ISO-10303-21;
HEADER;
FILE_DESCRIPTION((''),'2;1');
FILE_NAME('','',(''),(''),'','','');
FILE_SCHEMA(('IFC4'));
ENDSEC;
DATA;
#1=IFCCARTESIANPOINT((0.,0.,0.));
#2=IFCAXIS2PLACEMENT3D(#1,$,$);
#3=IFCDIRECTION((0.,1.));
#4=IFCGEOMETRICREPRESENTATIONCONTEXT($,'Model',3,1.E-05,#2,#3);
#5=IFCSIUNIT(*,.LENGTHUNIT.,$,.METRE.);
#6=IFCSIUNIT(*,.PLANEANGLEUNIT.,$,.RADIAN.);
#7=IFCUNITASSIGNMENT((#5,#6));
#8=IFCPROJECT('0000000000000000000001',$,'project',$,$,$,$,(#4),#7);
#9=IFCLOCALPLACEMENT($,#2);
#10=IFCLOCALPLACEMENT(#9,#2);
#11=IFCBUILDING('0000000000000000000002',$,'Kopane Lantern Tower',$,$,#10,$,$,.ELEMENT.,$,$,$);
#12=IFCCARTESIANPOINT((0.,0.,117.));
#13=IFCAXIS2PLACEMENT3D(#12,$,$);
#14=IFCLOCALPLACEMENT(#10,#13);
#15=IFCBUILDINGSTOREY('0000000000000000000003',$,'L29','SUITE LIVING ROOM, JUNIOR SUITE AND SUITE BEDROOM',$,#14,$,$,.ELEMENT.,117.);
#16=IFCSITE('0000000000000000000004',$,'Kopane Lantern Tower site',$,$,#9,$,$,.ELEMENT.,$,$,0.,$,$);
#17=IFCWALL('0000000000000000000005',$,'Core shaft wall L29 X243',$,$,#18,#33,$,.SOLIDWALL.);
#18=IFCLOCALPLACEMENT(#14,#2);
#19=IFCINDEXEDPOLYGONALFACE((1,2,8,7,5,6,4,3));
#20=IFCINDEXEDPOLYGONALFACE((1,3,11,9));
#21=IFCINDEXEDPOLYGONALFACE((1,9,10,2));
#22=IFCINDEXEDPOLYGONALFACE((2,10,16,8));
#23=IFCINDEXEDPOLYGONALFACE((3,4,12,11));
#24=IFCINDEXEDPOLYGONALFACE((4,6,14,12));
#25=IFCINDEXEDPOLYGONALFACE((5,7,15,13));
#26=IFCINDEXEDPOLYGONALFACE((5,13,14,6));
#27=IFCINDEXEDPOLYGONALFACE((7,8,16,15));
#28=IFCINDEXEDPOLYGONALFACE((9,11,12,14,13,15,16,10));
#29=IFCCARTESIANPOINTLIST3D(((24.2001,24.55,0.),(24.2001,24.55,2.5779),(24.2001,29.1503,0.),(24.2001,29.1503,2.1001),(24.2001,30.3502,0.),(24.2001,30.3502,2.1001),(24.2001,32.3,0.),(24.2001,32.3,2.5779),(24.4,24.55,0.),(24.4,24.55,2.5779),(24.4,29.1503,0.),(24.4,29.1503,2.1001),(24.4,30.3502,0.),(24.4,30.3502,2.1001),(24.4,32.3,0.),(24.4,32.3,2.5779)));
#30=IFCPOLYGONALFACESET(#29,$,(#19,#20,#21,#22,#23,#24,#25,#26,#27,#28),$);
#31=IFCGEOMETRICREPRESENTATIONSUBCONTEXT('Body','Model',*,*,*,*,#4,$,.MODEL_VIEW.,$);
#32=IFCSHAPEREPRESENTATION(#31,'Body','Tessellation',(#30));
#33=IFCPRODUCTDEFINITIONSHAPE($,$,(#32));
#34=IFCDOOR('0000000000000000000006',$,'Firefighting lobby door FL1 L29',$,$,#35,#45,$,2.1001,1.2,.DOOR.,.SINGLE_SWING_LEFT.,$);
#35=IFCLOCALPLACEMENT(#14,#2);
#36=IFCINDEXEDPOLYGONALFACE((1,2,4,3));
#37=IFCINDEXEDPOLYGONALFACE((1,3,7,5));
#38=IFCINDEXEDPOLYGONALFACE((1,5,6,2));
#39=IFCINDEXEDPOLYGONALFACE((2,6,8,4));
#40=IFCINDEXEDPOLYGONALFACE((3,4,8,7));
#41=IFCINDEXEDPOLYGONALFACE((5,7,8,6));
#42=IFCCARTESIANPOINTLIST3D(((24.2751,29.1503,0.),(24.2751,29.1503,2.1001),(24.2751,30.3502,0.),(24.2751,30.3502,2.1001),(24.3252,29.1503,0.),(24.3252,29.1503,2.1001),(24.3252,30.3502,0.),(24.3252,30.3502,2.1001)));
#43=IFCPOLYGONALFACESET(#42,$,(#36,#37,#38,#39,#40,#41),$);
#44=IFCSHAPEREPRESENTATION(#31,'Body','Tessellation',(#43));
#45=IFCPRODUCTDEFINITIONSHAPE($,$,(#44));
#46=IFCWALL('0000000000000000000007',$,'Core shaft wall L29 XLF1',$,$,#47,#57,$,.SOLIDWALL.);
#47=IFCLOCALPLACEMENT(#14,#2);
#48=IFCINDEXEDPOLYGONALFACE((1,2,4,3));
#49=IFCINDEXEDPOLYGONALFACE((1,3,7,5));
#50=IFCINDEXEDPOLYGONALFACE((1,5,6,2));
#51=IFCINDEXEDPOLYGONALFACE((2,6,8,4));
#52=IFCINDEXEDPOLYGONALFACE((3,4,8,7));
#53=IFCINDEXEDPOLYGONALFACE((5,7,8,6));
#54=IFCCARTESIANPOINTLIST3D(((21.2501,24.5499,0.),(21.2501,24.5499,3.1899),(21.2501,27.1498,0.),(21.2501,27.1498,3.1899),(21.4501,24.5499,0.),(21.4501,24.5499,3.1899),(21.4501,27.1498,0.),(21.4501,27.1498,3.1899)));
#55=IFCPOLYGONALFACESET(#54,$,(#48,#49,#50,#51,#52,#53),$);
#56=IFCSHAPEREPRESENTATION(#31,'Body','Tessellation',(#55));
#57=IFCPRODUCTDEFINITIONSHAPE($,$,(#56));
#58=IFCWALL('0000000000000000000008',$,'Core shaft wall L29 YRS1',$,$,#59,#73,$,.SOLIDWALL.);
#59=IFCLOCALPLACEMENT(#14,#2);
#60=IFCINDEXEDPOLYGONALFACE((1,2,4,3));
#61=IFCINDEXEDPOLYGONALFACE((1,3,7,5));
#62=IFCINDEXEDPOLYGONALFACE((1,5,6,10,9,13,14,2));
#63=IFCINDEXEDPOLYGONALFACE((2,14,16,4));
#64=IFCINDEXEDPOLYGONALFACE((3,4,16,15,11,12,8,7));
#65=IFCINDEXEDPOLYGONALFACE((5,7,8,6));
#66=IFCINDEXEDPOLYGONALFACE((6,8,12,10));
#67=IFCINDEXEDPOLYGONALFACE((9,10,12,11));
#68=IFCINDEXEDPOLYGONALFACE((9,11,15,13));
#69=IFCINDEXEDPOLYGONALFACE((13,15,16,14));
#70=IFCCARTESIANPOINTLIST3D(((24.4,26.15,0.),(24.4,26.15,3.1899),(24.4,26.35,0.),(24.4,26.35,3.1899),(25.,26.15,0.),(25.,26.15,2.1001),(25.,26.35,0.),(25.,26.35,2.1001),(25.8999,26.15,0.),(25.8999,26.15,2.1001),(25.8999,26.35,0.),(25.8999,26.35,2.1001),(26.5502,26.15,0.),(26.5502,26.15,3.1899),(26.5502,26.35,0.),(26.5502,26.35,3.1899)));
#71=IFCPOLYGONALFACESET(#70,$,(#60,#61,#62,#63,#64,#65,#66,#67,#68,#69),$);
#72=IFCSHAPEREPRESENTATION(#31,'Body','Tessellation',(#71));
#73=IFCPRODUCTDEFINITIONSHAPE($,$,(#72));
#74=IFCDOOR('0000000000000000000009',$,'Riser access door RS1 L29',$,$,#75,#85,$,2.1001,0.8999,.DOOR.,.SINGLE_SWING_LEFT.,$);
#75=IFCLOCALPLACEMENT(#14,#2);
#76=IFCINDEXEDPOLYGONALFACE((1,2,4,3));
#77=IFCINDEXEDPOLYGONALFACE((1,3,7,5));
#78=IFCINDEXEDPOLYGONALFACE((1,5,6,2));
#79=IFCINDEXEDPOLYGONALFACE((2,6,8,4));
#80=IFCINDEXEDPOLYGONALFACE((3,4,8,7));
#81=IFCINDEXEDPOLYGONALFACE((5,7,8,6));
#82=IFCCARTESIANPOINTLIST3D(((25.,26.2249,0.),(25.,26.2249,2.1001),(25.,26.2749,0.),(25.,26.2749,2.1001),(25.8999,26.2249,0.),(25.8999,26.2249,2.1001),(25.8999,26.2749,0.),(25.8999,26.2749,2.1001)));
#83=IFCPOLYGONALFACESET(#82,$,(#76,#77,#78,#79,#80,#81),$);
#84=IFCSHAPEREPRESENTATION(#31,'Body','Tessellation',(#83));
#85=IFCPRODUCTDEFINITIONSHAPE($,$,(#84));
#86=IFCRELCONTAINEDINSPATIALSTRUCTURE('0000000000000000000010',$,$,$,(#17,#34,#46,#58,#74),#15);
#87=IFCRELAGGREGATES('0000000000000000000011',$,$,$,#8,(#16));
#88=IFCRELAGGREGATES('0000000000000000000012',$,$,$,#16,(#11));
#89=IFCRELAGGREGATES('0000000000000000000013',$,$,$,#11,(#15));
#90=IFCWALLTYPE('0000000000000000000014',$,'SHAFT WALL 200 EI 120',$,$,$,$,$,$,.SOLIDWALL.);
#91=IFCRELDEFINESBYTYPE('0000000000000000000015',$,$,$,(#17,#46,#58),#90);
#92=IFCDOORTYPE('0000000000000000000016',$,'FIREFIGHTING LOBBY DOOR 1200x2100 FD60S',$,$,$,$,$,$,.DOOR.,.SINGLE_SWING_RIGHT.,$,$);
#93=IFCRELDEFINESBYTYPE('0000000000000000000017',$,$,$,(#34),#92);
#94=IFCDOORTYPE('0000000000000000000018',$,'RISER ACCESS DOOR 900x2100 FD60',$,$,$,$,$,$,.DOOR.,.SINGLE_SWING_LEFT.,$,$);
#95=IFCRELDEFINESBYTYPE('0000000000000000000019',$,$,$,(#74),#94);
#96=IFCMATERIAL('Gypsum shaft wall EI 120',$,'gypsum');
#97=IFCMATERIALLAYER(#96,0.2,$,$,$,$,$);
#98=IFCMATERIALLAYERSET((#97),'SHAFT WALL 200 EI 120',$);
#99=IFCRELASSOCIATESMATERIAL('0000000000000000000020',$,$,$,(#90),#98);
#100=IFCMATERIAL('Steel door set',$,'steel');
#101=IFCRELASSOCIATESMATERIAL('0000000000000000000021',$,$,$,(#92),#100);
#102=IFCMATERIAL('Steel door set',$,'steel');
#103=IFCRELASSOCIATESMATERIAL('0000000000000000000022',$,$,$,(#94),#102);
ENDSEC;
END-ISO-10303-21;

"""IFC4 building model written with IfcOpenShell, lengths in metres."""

from ifc_helpers import new_model, si_unit, direction, frame, frame_2d, origin, place, context, subcontext, project, spatial, rectangle, extrude, material, layer, layer_set, type_object, element, fill, save


model = new_model("IFC4")

# Units and contexts
model_context = context("Model", 3, precision=1e-05, world=origin(), true_north=direction((0.0, 1.0)))
body_context = subcontext(model_context, "Body", "Model", "MODEL_VIEW")
ifc_project = project(units=[si_unit("LENGTHUNIT", "METRE"), si_unit("PLANEANGLEUNIT", "RADIAN")], contexts=[model_context])

# Site, building, storey
site_placement = place(None, origin())
site = spatial("IfcSite", under=ifc_project, at=site_placement, Name="Kopane Lantern Tower site", CompositionType="ELEMENT", RefElevation=0.0)
building_placement = place(site_placement, origin())
building = spatial("IfcBuilding", under=site, at=building_placement, Name="Kopane Lantern Tower", CompositionType="ELEMENT")
storey_placement = place(building_placement, frame((0.0, 0.0, 117.0)))
storey = spatial("IfcBuildingStorey", under=building, at=storey_placement, Name="L29", Description="SUITE LIVING ROOM, JUNIOR SUITE AND SUITE BEDROOM", CompositionType="ELEMENT", Elevation=117.0)

# Wall, opening, door
ifc_material_1 = material(Name="Gypsum shaft wall EI 120", Category="gypsum")
ifc_layer_1 = layer(ifc_material_1, 0.2)
ifc_layer_set_1 = layer_set([ifc_layer_1], Name="SHAFT WALL 200 EI 120")
wall_type_1 = type_object("IfcWallType", Name="SHAFT WALL 200 EI 120", PredefinedType="SOLIDWALL", material=ifc_layer_set_1)
wall_1_placement = place(storey_placement, frame((24.3, 24.55, 0.0), z_axis=(0.0, 0.0, 1.0), x_axis=(0.0, 1.0, 0.0)))
wall_1 = element("IfcWall", 1, at=wall_1_placement, inside=storey, type_object=wall_type_1, Name="Core shaft wall L29 X243", PredefinedType="SOLIDWALL", context=body_context, shape_type="SweptSolid", body=[
    extrude(rectangle(XDim=7.75, YDim=0.2, at=frame_2d((3.875, 0.0))), origin(), (0.0, 0.0, 1.0), 2.5779),
])
opening_1_placement = place(wall_1_placement, frame((4.6001, 0.0, 0.0)))
opening_1 = element("IfcOpeningElement", 2, at=opening_1_placement, cuts=wall_1, PredefinedType="OPENING", context=body_context, shape_type="SweptSolid", body=[
    extrude(rectangle(XDim=1.2, YDim=2.1001, at=frame_2d((0.6001, 1.05))), frame((0.0, 0.1099, 0.0), z_axis=(0.0, -1.0, 0.0), x_axis=(1.0, 0.0, 0.0)), (0.0, 0.0, 1.0), 0.22),
])
ifc_material_2 = material(Name="Steel door set", Category="steel")
door_type_1 = type_object("IfcDoorType", Name="FIREFIGHTING LOBBY DOOR 1200x2100 FD60S", OperationType="SINGLE_SWING_RIGHT", PredefinedType="DOOR", material=ifc_material_2)
door_1_placement = place(opening_1_placement, origin())
door_1 = element("IfcDoor", 3, at=door_1_placement, inside=storey, type_object=door_type_1, Name="Firefighting lobby door FL1 L29", OperationType="SINGLE_SWING_LEFT", OverallHeight=2.1001, OverallWidth=1.2, PredefinedType="DOOR", context=body_context, shape_type="SweptSolid", body=[
    extrude(rectangle(XDim=1.2, YDim=2.1001, at=frame_2d((0.6001, 1.05))), frame((0.0, 0.0249, 0.0), z_axis=(0.0, -1.0, 0.0), x_axis=(1.0, 0.0, 0.0)), (0.0, 0.0, 1.0), 0.05),
])
fill(opening_1, door_1)

# Wall
wall_2_placement = place(storey_placement, frame((21.3501, 24.55, 0.0), z_axis=(0.0, 0.0, 1.0), x_axis=(0.0, 1.0, 0.0)))
element("IfcWall", 4, at=wall_2_placement, inside=storey, type_object=wall_type_1, Name="Core shaft wall L29 XLF1", PredefinedType="SOLIDWALL", context=body_context, shape_type="SweptSolid", body=[
    extrude(rectangle(XDim=2.5999, YDim=0.2, at=frame_2d((1.2998, 0.0))), origin(), (0.0, 0.0, 1.0), 3.1899),
])

# Wall, opening, door
wall_3_placement = place(storey_placement, frame((24.3999, 26.25, 0.0), z_axis=(0.0, 0.0, 1.0), x_axis=(1.0, 0.0, 0.0)))
wall_3 = element("IfcWall", 5, at=wall_3_placement, inside=storey, type_object=wall_type_1, Name="Core shaft wall L29 YRS1", PredefinedType="SOLIDWALL", context=body_context, shape_type="SweptSolid", body=[
    extrude(rectangle(XDim=2.1501, YDim=0.2, at=frame_2d((1.0752, 0.0))), origin(), (0.0, 0.0, 1.0), 3.1899),
])
opening_2_placement = place(wall_3_placement, frame((0.6001, 0.0, 0.0)))
opening_2 = element("IfcOpeningElement", 6, at=opening_2_placement, cuts=wall_3, PredefinedType="OPENING", context=body_context, shape_type="SweptSolid", body=[
    extrude(rectangle(XDim=0.8999, YDim=2.1001, at=frame_2d((0.45, 1.05))), frame((0.0, 0.1099, 0.0), z_axis=(0.0, -1.0, 0.0), x_axis=(1.0, 0.0, 0.0)), (0.0, 0.0, 1.0), 0.22),
])
ifc_material_3 = material(Name="Steel door set", Category="steel")
door_type_2 = type_object("IfcDoorType", Name="RISER ACCESS DOOR 900x2100 FD60", OperationType="SINGLE_SWING_LEFT", PredefinedType="DOOR", material=ifc_material_3)
door_2_placement = place(opening_2_placement, origin())
door_2 = element("IfcDoor", 7, at=door_2_placement, inside=storey, type_object=door_type_2, Name="Riser access door RS1 L29", OperationType="SINGLE_SWING_LEFT", OverallHeight=2.1001, OverallWidth=0.8999, PredefinedType="DOOR", context=body_context, shape_type="SweptSolid", body=[
    extrude(rectangle(XDim=0.8999, YDim=2.1001, at=frame_2d((0.45, 1.05))), frame((0.0, 0.0249, 0.0), z_axis=(0.0, -1.0, 0.0), x_axis=(1.0, 0.0, 0.0)), (0.0, 0.0, 1.0), 0.05),
])
fill(opening_2, door_2)

save(model, "model.ifc")
